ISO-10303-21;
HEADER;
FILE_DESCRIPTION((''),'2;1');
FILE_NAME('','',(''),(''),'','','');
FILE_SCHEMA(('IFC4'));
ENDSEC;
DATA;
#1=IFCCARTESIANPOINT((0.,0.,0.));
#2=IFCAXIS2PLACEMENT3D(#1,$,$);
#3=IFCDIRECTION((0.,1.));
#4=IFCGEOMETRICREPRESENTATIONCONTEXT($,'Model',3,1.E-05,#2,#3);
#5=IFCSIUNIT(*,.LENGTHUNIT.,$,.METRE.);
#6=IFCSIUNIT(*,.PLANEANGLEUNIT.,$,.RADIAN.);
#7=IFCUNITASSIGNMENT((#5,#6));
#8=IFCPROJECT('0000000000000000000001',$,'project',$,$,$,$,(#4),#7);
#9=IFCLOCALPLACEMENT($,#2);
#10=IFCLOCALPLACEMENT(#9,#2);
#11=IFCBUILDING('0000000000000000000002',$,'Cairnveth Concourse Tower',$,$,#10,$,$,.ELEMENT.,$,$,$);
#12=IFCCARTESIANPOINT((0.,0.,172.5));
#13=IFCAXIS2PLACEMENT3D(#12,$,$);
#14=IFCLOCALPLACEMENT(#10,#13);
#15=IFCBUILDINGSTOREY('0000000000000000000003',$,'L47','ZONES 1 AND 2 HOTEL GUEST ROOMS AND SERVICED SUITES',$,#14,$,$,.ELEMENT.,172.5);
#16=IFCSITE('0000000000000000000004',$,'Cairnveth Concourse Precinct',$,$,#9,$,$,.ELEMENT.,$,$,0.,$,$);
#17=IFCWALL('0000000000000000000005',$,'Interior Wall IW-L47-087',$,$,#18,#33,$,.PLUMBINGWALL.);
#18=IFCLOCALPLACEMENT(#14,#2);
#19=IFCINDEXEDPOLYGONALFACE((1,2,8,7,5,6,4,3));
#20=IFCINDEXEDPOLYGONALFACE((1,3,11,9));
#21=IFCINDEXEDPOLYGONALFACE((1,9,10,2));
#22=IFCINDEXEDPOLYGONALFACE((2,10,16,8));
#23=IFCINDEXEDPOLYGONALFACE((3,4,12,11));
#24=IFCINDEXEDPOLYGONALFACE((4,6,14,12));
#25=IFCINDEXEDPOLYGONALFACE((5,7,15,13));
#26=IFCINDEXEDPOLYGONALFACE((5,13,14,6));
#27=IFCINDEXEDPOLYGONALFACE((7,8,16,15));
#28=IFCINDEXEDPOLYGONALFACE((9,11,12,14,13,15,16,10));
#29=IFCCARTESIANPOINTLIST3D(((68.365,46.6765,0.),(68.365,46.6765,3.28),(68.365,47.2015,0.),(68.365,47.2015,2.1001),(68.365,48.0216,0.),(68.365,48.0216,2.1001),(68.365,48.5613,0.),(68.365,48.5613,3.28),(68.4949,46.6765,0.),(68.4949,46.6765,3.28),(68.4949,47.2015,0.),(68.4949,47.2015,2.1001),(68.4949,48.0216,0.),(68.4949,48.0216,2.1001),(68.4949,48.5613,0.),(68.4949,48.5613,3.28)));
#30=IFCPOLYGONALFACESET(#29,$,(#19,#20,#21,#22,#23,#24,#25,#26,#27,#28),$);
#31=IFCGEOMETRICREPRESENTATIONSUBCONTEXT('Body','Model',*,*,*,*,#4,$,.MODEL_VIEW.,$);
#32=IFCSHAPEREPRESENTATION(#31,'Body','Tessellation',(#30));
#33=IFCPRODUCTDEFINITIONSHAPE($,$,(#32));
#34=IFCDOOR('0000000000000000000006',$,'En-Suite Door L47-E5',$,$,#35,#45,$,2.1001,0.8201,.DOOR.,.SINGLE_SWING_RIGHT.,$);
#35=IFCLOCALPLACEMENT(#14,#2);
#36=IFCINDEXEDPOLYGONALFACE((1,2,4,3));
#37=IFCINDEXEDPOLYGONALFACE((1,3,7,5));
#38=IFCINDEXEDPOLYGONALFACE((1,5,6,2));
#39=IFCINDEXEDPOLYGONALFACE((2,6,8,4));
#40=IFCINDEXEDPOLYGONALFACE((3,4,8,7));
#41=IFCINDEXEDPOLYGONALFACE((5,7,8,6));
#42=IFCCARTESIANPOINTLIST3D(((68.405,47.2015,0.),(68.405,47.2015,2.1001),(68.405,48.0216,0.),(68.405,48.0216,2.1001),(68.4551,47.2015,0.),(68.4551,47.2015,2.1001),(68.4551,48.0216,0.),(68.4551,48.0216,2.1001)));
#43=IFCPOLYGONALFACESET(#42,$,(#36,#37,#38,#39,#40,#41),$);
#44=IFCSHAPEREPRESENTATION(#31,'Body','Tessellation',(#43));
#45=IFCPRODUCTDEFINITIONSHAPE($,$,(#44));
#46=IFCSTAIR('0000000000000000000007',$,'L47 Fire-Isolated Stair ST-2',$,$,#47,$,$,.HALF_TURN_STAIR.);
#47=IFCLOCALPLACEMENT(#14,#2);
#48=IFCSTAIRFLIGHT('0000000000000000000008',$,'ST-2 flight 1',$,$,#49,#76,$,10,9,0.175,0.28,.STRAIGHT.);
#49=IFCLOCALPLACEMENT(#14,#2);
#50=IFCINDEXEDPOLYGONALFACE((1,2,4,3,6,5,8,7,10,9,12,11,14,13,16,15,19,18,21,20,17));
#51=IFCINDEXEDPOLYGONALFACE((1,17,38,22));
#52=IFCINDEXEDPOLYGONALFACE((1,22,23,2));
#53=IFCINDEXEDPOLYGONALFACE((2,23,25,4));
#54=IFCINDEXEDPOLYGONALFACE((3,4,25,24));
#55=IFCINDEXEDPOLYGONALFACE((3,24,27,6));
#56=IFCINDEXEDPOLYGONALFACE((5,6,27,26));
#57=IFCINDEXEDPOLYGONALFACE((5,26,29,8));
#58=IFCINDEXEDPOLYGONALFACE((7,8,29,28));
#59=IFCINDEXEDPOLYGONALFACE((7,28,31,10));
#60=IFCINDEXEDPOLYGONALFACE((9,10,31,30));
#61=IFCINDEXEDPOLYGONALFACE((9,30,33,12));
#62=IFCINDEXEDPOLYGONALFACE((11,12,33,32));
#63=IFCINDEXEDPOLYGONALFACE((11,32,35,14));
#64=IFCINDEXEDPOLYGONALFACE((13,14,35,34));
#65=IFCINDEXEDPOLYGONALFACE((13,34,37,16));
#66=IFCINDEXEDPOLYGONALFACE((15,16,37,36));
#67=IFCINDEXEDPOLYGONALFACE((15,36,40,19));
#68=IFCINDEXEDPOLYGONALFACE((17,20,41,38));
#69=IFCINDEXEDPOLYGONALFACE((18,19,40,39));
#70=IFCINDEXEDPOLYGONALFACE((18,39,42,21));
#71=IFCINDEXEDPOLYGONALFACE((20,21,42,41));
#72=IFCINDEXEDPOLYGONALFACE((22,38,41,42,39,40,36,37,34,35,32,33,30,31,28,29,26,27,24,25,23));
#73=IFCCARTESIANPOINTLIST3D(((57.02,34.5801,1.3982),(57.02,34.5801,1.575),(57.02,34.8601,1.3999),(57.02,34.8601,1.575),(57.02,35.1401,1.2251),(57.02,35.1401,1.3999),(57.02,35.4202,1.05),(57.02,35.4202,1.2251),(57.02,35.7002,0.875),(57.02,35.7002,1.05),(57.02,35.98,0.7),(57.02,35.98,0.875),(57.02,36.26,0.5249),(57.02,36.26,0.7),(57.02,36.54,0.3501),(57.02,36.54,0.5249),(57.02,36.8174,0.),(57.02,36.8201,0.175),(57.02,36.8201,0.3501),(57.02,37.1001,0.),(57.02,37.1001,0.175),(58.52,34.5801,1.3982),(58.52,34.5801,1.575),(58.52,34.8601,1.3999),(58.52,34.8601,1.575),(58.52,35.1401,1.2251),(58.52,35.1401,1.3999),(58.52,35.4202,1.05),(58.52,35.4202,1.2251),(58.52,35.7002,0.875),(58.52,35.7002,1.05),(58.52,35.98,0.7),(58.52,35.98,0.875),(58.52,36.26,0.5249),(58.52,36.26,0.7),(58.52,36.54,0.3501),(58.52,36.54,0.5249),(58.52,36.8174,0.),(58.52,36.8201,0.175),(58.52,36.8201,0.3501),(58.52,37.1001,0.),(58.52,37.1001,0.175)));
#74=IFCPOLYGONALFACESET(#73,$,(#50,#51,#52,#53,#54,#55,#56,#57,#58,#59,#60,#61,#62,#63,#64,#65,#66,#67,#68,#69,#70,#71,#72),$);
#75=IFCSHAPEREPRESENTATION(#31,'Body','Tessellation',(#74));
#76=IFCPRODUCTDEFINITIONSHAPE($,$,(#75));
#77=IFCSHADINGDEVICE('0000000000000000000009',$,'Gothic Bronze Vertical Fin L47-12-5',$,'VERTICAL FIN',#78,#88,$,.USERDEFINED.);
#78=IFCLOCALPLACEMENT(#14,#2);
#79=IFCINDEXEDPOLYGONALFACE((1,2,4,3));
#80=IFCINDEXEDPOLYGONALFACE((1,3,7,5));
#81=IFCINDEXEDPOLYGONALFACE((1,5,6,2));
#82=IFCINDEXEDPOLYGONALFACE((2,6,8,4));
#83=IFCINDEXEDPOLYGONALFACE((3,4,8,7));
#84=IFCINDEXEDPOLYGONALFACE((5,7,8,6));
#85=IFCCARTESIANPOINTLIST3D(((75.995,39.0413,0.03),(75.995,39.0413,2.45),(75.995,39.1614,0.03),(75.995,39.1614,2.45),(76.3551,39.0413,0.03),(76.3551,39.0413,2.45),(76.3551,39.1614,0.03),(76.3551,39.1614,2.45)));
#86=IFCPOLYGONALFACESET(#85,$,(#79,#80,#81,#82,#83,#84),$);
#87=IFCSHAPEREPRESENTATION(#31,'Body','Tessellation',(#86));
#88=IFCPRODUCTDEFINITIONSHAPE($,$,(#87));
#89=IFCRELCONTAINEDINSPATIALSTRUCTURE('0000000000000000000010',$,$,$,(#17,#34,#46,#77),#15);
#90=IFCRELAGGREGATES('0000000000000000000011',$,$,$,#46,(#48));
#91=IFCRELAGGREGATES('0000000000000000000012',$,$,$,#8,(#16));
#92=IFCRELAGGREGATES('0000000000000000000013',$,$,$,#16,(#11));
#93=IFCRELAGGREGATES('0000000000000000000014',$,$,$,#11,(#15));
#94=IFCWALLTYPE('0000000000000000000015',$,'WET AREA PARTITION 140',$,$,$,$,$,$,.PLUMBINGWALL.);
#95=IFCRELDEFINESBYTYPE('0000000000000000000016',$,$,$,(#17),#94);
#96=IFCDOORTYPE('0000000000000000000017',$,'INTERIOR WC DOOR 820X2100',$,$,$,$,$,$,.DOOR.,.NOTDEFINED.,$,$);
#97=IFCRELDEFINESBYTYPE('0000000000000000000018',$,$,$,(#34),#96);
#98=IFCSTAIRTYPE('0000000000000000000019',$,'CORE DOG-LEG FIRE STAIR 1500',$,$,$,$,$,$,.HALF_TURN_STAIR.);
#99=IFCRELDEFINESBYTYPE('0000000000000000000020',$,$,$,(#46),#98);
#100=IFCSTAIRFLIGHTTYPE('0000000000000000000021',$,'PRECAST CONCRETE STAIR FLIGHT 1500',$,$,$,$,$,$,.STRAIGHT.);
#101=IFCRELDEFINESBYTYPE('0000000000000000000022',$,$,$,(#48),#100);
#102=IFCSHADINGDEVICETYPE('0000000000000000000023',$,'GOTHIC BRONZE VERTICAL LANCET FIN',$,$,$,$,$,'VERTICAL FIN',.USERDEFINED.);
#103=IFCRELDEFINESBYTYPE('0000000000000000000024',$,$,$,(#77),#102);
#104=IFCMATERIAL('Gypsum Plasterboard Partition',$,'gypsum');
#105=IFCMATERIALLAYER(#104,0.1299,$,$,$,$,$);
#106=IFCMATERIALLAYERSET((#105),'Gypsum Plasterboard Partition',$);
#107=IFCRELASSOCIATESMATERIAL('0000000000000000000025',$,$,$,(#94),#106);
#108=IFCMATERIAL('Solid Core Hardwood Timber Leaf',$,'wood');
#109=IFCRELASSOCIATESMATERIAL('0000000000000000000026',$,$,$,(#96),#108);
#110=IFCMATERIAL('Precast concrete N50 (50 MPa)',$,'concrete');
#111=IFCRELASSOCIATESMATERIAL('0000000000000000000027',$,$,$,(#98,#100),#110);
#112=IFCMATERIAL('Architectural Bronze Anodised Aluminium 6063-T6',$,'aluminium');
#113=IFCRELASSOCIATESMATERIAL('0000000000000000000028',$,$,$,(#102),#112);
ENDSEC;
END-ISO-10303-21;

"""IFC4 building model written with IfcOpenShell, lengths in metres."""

from ifc_helpers import new_model, si_unit, direction, frame, frame_2d, origin, origin_2d, place, context, subcontext, project, spatial, polyline, rectangle, outline, extrude, material, layer, layer_set, type_object, element, fill, aggregate, save


model = new_model("IFC4")

# Units and contexts
model_context = context("Model", 3, precision=1e-05, world=origin(), true_north=direction((0.0, 1.0)))
body_context = subcontext(model_context, "Body", "Model", "MODEL_VIEW")
ifc_project = project(units=[si_unit("LENGTHUNIT", "METRE"), si_unit("PLANEANGLEUNIT", "RADIAN")], contexts=[model_context])

# Site, building, storey
site_placement = place(None, origin())
site = spatial("IfcSite", under=ifc_project, at=site_placement, Name="Cairnveth Concourse Precinct", CompositionType="ELEMENT", RefElevation=0.0)
building_placement = place(site_placement, origin())
building = spatial("IfcBuilding", under=site, at=building_placement, Name="Cairnveth Concourse Tower", CompositionType="ELEMENT")
storey_placement = place(building_placement, frame((0.0, 0.0, 172.5)))
storey = spatial("IfcBuildingStorey", under=building, at=storey_placement, Name="L47", Description="ZONES 1 AND 2 HOTEL GUEST ROOMS AND SERVICED SUITES", CompositionType="ELEMENT", Elevation=172.5)

# Shared definitions
ifc_material_1 = material(Name="Gypsum Plasterboard Partition", Category="gypsum")

# Shared definitions
ifc_layer_1 = layer(ifc_material_1, 0.1299)
ifc_layer_set_1 = layer_set([ifc_layer_1], Name="Gypsum Plasterboard Partition")
wall_type_1 = type_object("IfcWallType", Name="WET AREA PARTITION 140", PredefinedType="PLUMBINGWALL", material=ifc_layer_set_1)

# Wall, opening, door
ifc_material_2 = material(Name="Solid Core Hardwood Timber Leaf", Category="wood")
door_type_1 = type_object("IfcDoorType", Name="INTERIOR WC DOOR 820X2100", OperationType="NOTDEFINED", PredefinedType="DOOR", material=ifc_material_2)
wall_1_placement = place(storey_placement, frame((68.4299, 46.6765, 0.0), z_axis=(0.0, 0.0, 1.0), x_axis=(0.0, 1.0, 0.0)))
wall_1 = element("IfcWall", 1, at=wall_1_placement, inside=storey, type_object=wall_type_1, Name="Interior Wall IW-L47-087", PredefinedType="PLUMBINGWALL", context=body_context, shape_type="SweptSolid", body=[
    extrude(rectangle(XDim=1.8848, YDim=0.1299, at=frame_2d((0.9424, 0.0))), origin(), (0.0, 0.0, 1.0), 3.28),
])
opening_1_placement = place(wall_1_placement, frame((0.5249, 0.0, 0.0)))
opening_1 = element("IfcOpeningElement", 2, at=opening_1_placement, cuts=wall_1, PredefinedType="OPENING", context=body_context, shape_type="SweptSolid", body=[
    extrude(rectangle(XDim=0.8201, YDim=2.1001, at=frame_2d((0.4102, 1.05))), frame((0.0, 0.075, 0.0), z_axis=(0.0, -1.0, 0.0), x_axis=(1.0, 0.0, 0.0)), (0.0, 0.0, 1.0), 0.1499),
])
door_1_placement = place(opening_1_placement, origin())
door_1 = element("IfcDoor", 3, at=door_1_placement, inside=storey, type_object=door_type_1, Name="En-Suite Door L47-E5", OperationType="SINGLE_SWING_RIGHT", OverallHeight=2.1001, OverallWidth=0.8201, PredefinedType="DOOR", context=body_context, shape_type="SweptSolid", body=[
    extrude(rectangle(XDim=0.8201, YDim=2.1001, at=frame_2d((0.4102, 1.05))), frame((0.0, 0.0249, 0.0), z_axis=(0.0, -1.0, 0.0), x_axis=(1.0, 0.0, 0.0)), (0.0, 0.0, 1.0), 0.05),
])
fill(opening_1, door_1)

# Stair, stair flight
ifc_material_3 = material(Name="Precast concrete N50 (50 MPa)", Category="concrete")
stair_type = type_object("IfcStairType", Name="CORE DOG-LEG FIRE STAIR 1500", PredefinedType="HALF_TURN_STAIR", material=ifc_material_3)
stair_placement = place(storey_placement, origin())
stair = element("IfcStair", 4, at=stair_placement, inside=storey, type_object=stair_type, Name="L47 Fire-Isolated Stair ST-2", PredefinedType="HALF_TURN_STAIR")
stair_flight_type = type_object("IfcStairFlightType", Name="PRECAST CONCRETE STAIR FLIGHT 1500", PredefinedType="STRAIGHT", material=ifc_material_3)
stair_flight_placement = place(storey_placement, frame((57.77, 37.1001, 0.0), z_axis=(0.0, 0.0, 1.0), x_axis=(0.0, -1.0, 0.0)))
stair_flight = element("IfcStairFlight", 5, at=stair_flight_placement, type_object=stair_flight_type, Name="ST-2 flight 1", NumberOfRisers=10, NumberOfTreads=9, PredefinedType="STRAIGHT", RiserHeight=0.175, TreadLength=0.28, context=body_context, shape_type="SweptSolid", body=[
    extrude(outline(polyline([(0.0, 0.0), (0.0, 0.175), (0.28, 0.175), (0.28, 0.3501), (0.5601, 0.3501), (0.5601, 0.5249), (0.8401, 0.5249), (0.8401, 0.7), (1.1201, 0.7), (1.1201, 0.875), (1.3999, 0.875), (1.3999, 1.05), (1.6799, 1.05), (1.6799, 1.2251), (1.96, 1.2251), (1.96, 1.3999), (2.24, 1.3999), (2.24, 1.575), (2.52, 1.575), (2.52, 1.75), (2.52, 1.3982), (0.2827, 0.0), (0.0, 0.0)])), frame((0.0, 0.75, 0.0), z_axis=(0.0, -1.0, 0.0), x_axis=(1.0, 0.0, 0.0)), (0.0, 0.0, 1.0), 1.5),
])
aggregate(stair, [stair_flight])

# Shading device
ifc_material_4 = material(Name="Architectural Bronze Anodised Aluminium 6063-T6", Category="aluminium")
shading_device_type = type_object("IfcShadingDeviceType", Name="GOTHIC BRONZE VERTICAL LANCET FIN", ElementType="VERTICAL FIN", PredefinedType="USERDEFINED", material=ifc_material_4)
shading_device_placement = place(storey_placement, frame((76.175, 39.1013, 0.03), z_axis=(0.0, 0.0, 1.0), x_axis=(0.0, 1.0, 0.0)))
element("IfcShadingDevice", 6, at=shading_device_placement, inside=storey, type_object=shading_device_type, Name="Gothic Bronze Vertical Fin L47-12-5", ObjectType="VERTICAL FIN", PredefinedType="USERDEFINED", context=body_context, shape_type="SweptSolid", body=[
    extrude(rectangle(XDim=0.1201, YDim=0.3601, at=origin_2d()), origin(), (0.0, 0.0, 1.0), 2.4199),
])

save(model, "model.ifc")
